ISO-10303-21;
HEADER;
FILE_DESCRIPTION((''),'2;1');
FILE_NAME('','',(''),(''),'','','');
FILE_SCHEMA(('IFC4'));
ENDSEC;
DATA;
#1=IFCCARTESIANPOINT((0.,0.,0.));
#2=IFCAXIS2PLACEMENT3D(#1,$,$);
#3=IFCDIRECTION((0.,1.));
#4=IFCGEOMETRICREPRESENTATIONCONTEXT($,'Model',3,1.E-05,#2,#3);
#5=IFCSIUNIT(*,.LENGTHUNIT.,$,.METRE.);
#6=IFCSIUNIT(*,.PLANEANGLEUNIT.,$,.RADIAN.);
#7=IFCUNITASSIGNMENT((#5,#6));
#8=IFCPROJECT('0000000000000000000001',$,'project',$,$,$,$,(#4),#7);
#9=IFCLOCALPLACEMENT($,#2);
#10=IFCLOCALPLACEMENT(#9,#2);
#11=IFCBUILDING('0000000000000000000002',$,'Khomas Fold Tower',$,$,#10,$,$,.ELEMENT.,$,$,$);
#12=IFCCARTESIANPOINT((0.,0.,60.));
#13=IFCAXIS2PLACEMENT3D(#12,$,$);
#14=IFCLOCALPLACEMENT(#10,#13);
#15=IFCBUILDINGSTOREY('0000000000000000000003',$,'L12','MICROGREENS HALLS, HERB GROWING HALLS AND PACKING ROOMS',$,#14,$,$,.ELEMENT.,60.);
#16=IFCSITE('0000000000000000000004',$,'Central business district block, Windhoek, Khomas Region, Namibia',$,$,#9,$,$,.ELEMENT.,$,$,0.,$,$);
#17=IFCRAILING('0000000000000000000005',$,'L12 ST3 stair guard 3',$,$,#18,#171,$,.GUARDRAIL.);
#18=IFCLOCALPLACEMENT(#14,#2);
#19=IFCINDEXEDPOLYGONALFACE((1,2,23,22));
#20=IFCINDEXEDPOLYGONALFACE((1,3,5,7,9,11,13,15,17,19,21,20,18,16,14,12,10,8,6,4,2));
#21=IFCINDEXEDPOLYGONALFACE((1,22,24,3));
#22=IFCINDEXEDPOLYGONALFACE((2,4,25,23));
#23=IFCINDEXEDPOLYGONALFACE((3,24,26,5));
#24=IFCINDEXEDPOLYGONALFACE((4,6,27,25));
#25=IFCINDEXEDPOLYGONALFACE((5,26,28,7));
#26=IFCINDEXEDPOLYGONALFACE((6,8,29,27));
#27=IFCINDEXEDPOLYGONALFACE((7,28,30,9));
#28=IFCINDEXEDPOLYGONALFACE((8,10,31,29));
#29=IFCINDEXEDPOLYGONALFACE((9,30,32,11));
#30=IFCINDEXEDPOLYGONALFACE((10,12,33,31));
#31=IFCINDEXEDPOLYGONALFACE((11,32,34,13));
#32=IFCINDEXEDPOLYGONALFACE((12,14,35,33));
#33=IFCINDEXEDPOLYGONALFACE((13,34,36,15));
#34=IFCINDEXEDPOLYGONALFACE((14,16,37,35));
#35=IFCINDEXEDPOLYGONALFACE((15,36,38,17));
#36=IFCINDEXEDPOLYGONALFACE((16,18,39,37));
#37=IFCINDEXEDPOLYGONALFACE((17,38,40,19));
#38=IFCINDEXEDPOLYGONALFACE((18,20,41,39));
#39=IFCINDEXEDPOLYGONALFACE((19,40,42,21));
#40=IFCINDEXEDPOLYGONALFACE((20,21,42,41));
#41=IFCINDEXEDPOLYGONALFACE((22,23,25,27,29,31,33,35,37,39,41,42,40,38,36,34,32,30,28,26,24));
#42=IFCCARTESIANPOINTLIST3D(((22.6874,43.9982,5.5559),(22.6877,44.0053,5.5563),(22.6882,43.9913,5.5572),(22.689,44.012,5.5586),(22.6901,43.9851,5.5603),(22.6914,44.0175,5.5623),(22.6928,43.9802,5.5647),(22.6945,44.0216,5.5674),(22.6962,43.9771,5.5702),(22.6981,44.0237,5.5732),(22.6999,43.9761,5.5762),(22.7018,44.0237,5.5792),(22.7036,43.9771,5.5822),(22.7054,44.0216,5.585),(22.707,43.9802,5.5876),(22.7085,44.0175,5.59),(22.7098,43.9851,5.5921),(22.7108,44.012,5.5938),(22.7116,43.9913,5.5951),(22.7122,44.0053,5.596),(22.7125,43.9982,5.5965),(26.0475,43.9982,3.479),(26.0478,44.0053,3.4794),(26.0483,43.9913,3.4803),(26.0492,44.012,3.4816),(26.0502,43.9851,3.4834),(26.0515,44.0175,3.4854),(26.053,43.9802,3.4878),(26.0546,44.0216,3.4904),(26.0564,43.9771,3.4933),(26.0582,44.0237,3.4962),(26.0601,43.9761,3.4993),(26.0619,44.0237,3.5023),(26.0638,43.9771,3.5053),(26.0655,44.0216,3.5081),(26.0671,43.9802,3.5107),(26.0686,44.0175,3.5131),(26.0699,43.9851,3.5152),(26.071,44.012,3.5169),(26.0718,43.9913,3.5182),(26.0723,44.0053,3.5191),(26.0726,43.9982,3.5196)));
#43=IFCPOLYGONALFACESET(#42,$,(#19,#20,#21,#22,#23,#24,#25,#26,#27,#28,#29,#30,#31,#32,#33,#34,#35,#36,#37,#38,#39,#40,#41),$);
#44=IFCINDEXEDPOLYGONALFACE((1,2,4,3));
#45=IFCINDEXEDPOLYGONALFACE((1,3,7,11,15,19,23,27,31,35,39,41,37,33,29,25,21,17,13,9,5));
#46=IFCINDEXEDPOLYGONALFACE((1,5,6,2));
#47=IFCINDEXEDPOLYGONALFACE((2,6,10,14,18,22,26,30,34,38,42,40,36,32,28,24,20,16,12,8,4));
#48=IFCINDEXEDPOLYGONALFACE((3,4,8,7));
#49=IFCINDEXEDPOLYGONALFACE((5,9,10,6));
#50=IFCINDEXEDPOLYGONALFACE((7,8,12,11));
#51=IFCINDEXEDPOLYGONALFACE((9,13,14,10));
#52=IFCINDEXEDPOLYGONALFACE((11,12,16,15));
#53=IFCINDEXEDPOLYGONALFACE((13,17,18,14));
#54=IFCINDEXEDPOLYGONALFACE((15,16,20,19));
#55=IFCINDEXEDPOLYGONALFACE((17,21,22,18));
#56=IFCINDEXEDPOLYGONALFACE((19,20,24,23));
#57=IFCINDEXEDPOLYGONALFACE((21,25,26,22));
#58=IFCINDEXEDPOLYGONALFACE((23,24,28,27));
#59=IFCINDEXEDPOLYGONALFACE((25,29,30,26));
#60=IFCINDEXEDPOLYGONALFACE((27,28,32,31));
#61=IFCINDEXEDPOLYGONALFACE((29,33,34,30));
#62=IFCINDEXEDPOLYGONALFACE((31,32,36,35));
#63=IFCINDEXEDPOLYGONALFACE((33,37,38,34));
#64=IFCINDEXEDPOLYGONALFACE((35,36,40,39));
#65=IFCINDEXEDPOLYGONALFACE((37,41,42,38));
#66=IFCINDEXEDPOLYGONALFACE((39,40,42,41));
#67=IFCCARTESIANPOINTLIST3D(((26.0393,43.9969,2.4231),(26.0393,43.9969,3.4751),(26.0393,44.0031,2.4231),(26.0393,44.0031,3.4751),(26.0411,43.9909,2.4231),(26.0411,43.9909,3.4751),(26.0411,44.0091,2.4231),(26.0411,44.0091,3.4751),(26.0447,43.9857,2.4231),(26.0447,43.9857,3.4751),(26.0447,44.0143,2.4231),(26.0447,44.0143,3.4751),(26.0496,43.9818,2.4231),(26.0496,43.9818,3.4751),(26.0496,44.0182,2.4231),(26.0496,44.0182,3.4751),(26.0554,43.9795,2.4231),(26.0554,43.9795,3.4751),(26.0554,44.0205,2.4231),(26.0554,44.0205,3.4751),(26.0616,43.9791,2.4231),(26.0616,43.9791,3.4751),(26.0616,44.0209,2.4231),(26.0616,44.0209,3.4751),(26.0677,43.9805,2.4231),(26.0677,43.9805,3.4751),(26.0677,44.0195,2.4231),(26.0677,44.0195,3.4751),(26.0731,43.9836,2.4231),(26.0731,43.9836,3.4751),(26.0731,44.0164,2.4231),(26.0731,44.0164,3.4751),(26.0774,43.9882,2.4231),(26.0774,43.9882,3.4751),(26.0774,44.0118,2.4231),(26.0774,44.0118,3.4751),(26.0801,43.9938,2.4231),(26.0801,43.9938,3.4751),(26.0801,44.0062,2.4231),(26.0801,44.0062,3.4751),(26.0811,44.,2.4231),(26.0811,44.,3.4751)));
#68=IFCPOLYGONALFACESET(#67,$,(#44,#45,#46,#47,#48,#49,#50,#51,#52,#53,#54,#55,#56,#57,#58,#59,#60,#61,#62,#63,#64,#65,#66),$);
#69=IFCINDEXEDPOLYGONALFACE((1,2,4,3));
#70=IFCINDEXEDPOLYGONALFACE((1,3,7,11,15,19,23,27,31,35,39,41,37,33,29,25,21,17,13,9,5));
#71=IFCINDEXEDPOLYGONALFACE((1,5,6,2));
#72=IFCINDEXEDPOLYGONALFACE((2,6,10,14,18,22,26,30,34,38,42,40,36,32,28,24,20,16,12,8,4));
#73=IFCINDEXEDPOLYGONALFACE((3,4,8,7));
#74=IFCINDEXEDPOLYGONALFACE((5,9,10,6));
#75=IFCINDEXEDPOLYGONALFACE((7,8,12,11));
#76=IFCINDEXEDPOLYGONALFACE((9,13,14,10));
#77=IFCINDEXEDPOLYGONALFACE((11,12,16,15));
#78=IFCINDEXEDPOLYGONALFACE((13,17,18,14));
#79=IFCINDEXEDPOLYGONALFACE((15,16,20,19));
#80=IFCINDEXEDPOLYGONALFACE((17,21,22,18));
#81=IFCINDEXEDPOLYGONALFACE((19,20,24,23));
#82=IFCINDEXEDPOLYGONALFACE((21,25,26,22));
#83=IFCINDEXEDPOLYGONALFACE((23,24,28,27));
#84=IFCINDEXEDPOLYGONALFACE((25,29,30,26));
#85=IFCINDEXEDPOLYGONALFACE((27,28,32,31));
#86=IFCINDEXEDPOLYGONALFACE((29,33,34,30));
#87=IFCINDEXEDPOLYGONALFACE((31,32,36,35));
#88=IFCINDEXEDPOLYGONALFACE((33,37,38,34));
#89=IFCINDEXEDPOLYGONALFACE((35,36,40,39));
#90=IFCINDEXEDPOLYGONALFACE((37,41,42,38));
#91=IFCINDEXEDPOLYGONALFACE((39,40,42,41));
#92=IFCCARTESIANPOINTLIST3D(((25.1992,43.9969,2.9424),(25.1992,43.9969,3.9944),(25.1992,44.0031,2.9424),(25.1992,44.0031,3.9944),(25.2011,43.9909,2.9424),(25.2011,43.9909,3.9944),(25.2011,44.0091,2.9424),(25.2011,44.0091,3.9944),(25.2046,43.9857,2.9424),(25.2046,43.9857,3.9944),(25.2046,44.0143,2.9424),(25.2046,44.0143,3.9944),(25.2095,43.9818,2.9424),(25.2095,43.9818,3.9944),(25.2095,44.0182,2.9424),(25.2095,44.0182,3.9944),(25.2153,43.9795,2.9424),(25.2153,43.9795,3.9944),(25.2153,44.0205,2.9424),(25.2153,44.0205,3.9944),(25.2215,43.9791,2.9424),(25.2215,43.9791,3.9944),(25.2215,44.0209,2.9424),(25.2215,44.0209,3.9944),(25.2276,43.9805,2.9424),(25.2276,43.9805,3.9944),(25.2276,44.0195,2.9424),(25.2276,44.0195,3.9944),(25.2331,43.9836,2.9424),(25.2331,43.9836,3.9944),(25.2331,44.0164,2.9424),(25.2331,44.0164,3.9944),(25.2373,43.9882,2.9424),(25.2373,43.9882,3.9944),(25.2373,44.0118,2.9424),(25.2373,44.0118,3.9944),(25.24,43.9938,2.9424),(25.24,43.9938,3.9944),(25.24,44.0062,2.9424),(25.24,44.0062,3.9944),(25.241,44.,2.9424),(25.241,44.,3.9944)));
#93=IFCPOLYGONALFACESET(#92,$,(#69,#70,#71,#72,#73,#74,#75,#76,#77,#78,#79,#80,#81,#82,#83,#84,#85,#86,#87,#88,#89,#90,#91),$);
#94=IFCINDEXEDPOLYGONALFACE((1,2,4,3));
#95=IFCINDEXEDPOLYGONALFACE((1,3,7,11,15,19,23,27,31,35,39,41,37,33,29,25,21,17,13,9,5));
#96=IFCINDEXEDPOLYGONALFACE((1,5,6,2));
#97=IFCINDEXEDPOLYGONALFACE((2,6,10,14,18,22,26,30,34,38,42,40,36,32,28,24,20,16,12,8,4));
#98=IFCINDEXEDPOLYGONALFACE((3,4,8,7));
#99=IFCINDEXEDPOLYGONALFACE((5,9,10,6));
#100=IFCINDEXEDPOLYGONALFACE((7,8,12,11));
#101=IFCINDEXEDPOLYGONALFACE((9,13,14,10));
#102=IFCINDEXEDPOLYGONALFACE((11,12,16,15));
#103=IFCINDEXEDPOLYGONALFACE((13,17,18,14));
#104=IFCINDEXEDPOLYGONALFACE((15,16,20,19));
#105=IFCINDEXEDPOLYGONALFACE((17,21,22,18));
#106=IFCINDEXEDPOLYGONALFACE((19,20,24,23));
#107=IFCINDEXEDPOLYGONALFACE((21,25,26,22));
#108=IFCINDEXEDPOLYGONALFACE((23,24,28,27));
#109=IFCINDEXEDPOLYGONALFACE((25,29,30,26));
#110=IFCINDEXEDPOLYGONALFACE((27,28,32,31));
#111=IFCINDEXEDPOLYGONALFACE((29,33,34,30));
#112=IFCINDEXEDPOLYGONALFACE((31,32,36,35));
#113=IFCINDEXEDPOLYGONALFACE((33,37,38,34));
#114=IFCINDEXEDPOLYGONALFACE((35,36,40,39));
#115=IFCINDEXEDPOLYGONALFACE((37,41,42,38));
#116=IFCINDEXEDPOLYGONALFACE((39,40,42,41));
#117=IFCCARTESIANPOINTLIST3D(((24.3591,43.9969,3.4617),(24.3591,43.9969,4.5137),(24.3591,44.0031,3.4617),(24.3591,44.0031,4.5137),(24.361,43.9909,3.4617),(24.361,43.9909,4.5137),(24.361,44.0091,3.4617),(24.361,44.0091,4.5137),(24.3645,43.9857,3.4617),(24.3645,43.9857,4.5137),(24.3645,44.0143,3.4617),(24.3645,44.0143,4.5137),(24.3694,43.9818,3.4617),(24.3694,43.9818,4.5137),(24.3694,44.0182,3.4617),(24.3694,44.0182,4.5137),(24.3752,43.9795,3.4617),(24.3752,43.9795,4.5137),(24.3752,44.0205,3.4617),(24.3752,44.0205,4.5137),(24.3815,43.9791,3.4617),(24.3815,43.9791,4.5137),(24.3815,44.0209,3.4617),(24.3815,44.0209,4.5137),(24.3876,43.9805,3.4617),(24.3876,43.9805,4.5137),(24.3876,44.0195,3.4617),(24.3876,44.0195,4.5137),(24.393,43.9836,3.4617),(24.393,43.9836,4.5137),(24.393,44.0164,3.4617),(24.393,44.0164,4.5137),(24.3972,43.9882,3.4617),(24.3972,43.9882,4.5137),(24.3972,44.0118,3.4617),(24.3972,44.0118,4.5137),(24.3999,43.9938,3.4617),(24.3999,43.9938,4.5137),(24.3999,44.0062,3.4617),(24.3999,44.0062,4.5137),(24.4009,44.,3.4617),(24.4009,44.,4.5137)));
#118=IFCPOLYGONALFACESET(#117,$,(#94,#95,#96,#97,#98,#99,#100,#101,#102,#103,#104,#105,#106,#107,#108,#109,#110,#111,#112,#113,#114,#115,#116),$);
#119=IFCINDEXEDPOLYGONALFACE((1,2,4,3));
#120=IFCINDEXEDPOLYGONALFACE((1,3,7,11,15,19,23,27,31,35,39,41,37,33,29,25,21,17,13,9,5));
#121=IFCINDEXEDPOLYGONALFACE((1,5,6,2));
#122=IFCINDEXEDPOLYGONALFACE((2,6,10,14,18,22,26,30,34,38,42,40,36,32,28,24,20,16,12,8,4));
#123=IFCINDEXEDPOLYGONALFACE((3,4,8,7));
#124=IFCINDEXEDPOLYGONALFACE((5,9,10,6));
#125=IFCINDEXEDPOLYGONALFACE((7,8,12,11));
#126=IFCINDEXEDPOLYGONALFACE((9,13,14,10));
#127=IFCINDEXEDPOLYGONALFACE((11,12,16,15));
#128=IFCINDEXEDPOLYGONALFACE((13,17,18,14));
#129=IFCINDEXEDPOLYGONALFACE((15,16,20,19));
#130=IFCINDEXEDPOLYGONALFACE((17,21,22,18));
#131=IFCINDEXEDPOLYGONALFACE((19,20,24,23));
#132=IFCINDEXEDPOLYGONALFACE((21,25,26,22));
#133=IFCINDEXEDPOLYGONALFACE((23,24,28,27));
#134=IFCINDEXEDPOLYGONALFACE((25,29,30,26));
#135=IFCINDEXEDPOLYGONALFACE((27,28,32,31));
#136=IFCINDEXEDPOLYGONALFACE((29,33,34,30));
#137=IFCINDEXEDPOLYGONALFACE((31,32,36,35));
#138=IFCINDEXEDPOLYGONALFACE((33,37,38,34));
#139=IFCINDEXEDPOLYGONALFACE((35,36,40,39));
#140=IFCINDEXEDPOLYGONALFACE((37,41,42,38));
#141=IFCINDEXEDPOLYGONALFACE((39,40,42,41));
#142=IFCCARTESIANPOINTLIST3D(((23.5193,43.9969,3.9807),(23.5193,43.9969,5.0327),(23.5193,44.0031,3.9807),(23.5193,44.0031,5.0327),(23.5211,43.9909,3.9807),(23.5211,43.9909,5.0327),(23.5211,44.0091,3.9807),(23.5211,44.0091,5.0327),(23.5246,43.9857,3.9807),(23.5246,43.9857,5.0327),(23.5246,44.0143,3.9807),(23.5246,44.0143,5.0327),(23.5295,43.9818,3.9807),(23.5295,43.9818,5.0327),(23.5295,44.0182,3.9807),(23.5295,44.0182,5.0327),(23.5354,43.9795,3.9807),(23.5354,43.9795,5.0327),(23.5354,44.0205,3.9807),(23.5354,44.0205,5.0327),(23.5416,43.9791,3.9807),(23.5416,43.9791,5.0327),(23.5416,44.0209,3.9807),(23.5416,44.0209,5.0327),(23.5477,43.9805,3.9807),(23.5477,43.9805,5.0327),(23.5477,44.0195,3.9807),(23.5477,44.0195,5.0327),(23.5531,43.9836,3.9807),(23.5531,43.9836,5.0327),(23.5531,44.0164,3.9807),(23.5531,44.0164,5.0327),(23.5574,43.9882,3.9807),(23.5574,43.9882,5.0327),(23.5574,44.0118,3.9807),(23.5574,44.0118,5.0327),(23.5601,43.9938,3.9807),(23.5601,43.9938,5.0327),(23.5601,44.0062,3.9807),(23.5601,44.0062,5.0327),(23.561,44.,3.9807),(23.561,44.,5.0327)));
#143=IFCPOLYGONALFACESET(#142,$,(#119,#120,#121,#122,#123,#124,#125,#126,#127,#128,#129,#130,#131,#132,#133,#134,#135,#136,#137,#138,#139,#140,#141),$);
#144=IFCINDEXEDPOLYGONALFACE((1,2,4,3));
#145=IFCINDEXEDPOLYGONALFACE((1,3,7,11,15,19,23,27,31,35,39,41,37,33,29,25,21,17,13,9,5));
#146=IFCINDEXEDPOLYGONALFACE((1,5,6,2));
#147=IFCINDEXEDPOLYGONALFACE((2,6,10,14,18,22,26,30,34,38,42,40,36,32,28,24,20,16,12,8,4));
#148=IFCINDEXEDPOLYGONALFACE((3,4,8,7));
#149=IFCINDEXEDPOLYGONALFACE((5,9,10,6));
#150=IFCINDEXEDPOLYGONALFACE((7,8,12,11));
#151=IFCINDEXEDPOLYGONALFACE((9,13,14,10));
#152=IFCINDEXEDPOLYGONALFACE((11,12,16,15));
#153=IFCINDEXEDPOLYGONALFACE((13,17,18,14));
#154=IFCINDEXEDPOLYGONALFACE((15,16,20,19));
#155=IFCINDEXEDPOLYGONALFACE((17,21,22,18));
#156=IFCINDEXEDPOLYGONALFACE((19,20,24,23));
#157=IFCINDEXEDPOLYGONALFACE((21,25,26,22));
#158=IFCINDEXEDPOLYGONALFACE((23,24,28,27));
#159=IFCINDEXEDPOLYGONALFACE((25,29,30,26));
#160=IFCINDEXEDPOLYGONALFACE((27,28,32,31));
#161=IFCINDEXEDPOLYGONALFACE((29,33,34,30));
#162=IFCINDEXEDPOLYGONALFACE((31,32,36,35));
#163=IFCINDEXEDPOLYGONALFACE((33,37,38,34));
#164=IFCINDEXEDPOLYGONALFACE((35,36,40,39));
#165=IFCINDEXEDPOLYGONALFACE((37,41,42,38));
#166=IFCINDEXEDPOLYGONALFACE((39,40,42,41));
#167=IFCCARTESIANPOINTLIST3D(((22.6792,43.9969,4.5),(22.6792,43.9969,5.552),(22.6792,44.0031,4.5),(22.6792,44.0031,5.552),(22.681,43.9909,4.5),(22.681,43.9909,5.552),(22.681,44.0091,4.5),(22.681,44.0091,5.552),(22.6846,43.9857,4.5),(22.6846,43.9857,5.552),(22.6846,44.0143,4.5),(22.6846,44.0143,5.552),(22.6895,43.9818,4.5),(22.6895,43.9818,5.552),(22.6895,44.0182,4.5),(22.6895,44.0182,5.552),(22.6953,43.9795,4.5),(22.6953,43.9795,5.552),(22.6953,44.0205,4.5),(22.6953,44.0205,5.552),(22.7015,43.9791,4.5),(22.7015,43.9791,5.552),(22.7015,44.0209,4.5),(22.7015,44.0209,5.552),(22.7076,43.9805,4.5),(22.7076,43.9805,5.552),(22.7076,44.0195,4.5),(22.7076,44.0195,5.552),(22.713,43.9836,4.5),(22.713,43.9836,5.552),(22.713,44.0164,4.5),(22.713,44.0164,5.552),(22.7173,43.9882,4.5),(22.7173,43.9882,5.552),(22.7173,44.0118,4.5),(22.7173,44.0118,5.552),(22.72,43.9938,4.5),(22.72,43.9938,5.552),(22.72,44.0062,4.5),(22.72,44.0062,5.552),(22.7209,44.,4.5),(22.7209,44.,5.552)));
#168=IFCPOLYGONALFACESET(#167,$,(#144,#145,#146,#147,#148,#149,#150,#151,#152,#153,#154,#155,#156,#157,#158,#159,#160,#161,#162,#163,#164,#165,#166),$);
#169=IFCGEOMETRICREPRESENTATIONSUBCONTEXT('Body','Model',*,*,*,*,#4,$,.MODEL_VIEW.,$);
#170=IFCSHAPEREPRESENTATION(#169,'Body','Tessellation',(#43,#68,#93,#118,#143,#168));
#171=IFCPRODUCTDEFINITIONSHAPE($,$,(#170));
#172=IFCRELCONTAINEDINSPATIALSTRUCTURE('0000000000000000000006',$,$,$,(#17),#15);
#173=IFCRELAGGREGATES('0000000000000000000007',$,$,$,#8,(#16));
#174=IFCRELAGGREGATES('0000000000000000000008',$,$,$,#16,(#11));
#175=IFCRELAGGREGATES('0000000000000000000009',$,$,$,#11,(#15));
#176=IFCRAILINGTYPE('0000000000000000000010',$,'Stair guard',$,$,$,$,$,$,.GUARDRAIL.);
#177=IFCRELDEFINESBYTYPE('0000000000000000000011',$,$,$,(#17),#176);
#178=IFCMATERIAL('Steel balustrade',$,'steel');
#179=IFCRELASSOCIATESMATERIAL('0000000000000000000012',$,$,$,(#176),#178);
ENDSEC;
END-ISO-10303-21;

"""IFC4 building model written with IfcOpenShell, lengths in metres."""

from ifc_helpers import new_model, si_unit, direction, frame, origin, origin_2d, place, context, subcontext, project, spatial, circle, extrude, source, transform, mapped, material, type_object, element, save


model = new_model("IFC4")

# Units and contexts
model_context = context("Model", 3, precision=1e-05, world=origin(), true_north=direction((0.0, 1.0)))
body_context = subcontext(model_context, "Body", "Model", "MODEL_VIEW")
ifc_project = project(units=[si_unit("LENGTHUNIT", "METRE"), si_unit("PLANEANGLEUNIT", "RADIAN")], contexts=[model_context])

# Site, building, storey
site_placement = place(None, origin())
site = spatial("IfcSite", under=ifc_project, at=site_placement, Name="Central business district block, Windhoek, Khomas Region, Namibia", CompositionType="ELEMENT", RefElevation=0.0)
building_placement = place(site_placement, origin())
building = spatial("IfcBuilding", under=site, at=building_placement, Name="Khomas Fold Tower", CompositionType="ELEMENT")
storey_placement = place(building_placement, frame((0.0, 0.0, 60.0)))
storey = spatial("IfcBuildingStorey", under=building, at=storey_placement, Name="L12", Description="MICROGREENS HALLS, HERB GROWING HALLS AND PACKING ROOMS", CompositionType="ELEMENT", Elevation=60.0)

# Railing
ifc_material_1 = material(Name="Steel balustrade", Category="steel")
railing_type_1 = type_object("IfcRailingType", Name="Stair guard", PredefinedType="GUARDRAIL", material=ifc_material_1)
shared_shape_1 = source(origin(), body_context, "Body", "SweptSolid", [
    extrude(circle(Radius=0.0239, at=origin_2d()), frame((0.0, 0.0, 1.0762), z_axis=(-0.850623, 0.0, 0.525776), x_axis=(0.0, -1.0, 0.0)), (0.0, 0.0, 1.0), 3.9502),
    extrude(circle(Radius=0.021, at=origin_2d()), origin(), (0.0, 0.0, 1.0), 1.052),
    extrude(circle(Radius=0.021, at=origin_2d()), frame((-0.8401, 0.0, 0.5193)), (0.0, 0.0, 1.0), 1.052),
    extrude(circle(Radius=0.021, at=origin_2d()), frame((-1.6802, 0.0, 1.0386)), (0.0, 0.0, 1.0), 1.052),
    extrude(circle(Radius=0.021, at=origin_2d()), frame((-2.52, 0.0, 1.5576)), (0.0, 0.0, 1.0), 1.052),
    extrude(circle(Radius=0.021, at=origin_2d()), frame((-3.3601, 0.0, 2.0769)), (0.0, 0.0, 1.0), 1.052),
])
railing_1_placement = place(storey_placement, frame((26.0601, 44.0, 2.4231)))
element("IfcRailing", 1, at=railing_1_placement, inside=storey, type_object=railing_type_1, Name="L12 ST3 stair guard 3", PredefinedType="GUARDRAIL", context=body_context, shape_type="MappedRepresentation", body=[
    mapped(shared_shape_1, transform((0.0, 0.0, 0.0))),
])

save(model, "model.ifc")
